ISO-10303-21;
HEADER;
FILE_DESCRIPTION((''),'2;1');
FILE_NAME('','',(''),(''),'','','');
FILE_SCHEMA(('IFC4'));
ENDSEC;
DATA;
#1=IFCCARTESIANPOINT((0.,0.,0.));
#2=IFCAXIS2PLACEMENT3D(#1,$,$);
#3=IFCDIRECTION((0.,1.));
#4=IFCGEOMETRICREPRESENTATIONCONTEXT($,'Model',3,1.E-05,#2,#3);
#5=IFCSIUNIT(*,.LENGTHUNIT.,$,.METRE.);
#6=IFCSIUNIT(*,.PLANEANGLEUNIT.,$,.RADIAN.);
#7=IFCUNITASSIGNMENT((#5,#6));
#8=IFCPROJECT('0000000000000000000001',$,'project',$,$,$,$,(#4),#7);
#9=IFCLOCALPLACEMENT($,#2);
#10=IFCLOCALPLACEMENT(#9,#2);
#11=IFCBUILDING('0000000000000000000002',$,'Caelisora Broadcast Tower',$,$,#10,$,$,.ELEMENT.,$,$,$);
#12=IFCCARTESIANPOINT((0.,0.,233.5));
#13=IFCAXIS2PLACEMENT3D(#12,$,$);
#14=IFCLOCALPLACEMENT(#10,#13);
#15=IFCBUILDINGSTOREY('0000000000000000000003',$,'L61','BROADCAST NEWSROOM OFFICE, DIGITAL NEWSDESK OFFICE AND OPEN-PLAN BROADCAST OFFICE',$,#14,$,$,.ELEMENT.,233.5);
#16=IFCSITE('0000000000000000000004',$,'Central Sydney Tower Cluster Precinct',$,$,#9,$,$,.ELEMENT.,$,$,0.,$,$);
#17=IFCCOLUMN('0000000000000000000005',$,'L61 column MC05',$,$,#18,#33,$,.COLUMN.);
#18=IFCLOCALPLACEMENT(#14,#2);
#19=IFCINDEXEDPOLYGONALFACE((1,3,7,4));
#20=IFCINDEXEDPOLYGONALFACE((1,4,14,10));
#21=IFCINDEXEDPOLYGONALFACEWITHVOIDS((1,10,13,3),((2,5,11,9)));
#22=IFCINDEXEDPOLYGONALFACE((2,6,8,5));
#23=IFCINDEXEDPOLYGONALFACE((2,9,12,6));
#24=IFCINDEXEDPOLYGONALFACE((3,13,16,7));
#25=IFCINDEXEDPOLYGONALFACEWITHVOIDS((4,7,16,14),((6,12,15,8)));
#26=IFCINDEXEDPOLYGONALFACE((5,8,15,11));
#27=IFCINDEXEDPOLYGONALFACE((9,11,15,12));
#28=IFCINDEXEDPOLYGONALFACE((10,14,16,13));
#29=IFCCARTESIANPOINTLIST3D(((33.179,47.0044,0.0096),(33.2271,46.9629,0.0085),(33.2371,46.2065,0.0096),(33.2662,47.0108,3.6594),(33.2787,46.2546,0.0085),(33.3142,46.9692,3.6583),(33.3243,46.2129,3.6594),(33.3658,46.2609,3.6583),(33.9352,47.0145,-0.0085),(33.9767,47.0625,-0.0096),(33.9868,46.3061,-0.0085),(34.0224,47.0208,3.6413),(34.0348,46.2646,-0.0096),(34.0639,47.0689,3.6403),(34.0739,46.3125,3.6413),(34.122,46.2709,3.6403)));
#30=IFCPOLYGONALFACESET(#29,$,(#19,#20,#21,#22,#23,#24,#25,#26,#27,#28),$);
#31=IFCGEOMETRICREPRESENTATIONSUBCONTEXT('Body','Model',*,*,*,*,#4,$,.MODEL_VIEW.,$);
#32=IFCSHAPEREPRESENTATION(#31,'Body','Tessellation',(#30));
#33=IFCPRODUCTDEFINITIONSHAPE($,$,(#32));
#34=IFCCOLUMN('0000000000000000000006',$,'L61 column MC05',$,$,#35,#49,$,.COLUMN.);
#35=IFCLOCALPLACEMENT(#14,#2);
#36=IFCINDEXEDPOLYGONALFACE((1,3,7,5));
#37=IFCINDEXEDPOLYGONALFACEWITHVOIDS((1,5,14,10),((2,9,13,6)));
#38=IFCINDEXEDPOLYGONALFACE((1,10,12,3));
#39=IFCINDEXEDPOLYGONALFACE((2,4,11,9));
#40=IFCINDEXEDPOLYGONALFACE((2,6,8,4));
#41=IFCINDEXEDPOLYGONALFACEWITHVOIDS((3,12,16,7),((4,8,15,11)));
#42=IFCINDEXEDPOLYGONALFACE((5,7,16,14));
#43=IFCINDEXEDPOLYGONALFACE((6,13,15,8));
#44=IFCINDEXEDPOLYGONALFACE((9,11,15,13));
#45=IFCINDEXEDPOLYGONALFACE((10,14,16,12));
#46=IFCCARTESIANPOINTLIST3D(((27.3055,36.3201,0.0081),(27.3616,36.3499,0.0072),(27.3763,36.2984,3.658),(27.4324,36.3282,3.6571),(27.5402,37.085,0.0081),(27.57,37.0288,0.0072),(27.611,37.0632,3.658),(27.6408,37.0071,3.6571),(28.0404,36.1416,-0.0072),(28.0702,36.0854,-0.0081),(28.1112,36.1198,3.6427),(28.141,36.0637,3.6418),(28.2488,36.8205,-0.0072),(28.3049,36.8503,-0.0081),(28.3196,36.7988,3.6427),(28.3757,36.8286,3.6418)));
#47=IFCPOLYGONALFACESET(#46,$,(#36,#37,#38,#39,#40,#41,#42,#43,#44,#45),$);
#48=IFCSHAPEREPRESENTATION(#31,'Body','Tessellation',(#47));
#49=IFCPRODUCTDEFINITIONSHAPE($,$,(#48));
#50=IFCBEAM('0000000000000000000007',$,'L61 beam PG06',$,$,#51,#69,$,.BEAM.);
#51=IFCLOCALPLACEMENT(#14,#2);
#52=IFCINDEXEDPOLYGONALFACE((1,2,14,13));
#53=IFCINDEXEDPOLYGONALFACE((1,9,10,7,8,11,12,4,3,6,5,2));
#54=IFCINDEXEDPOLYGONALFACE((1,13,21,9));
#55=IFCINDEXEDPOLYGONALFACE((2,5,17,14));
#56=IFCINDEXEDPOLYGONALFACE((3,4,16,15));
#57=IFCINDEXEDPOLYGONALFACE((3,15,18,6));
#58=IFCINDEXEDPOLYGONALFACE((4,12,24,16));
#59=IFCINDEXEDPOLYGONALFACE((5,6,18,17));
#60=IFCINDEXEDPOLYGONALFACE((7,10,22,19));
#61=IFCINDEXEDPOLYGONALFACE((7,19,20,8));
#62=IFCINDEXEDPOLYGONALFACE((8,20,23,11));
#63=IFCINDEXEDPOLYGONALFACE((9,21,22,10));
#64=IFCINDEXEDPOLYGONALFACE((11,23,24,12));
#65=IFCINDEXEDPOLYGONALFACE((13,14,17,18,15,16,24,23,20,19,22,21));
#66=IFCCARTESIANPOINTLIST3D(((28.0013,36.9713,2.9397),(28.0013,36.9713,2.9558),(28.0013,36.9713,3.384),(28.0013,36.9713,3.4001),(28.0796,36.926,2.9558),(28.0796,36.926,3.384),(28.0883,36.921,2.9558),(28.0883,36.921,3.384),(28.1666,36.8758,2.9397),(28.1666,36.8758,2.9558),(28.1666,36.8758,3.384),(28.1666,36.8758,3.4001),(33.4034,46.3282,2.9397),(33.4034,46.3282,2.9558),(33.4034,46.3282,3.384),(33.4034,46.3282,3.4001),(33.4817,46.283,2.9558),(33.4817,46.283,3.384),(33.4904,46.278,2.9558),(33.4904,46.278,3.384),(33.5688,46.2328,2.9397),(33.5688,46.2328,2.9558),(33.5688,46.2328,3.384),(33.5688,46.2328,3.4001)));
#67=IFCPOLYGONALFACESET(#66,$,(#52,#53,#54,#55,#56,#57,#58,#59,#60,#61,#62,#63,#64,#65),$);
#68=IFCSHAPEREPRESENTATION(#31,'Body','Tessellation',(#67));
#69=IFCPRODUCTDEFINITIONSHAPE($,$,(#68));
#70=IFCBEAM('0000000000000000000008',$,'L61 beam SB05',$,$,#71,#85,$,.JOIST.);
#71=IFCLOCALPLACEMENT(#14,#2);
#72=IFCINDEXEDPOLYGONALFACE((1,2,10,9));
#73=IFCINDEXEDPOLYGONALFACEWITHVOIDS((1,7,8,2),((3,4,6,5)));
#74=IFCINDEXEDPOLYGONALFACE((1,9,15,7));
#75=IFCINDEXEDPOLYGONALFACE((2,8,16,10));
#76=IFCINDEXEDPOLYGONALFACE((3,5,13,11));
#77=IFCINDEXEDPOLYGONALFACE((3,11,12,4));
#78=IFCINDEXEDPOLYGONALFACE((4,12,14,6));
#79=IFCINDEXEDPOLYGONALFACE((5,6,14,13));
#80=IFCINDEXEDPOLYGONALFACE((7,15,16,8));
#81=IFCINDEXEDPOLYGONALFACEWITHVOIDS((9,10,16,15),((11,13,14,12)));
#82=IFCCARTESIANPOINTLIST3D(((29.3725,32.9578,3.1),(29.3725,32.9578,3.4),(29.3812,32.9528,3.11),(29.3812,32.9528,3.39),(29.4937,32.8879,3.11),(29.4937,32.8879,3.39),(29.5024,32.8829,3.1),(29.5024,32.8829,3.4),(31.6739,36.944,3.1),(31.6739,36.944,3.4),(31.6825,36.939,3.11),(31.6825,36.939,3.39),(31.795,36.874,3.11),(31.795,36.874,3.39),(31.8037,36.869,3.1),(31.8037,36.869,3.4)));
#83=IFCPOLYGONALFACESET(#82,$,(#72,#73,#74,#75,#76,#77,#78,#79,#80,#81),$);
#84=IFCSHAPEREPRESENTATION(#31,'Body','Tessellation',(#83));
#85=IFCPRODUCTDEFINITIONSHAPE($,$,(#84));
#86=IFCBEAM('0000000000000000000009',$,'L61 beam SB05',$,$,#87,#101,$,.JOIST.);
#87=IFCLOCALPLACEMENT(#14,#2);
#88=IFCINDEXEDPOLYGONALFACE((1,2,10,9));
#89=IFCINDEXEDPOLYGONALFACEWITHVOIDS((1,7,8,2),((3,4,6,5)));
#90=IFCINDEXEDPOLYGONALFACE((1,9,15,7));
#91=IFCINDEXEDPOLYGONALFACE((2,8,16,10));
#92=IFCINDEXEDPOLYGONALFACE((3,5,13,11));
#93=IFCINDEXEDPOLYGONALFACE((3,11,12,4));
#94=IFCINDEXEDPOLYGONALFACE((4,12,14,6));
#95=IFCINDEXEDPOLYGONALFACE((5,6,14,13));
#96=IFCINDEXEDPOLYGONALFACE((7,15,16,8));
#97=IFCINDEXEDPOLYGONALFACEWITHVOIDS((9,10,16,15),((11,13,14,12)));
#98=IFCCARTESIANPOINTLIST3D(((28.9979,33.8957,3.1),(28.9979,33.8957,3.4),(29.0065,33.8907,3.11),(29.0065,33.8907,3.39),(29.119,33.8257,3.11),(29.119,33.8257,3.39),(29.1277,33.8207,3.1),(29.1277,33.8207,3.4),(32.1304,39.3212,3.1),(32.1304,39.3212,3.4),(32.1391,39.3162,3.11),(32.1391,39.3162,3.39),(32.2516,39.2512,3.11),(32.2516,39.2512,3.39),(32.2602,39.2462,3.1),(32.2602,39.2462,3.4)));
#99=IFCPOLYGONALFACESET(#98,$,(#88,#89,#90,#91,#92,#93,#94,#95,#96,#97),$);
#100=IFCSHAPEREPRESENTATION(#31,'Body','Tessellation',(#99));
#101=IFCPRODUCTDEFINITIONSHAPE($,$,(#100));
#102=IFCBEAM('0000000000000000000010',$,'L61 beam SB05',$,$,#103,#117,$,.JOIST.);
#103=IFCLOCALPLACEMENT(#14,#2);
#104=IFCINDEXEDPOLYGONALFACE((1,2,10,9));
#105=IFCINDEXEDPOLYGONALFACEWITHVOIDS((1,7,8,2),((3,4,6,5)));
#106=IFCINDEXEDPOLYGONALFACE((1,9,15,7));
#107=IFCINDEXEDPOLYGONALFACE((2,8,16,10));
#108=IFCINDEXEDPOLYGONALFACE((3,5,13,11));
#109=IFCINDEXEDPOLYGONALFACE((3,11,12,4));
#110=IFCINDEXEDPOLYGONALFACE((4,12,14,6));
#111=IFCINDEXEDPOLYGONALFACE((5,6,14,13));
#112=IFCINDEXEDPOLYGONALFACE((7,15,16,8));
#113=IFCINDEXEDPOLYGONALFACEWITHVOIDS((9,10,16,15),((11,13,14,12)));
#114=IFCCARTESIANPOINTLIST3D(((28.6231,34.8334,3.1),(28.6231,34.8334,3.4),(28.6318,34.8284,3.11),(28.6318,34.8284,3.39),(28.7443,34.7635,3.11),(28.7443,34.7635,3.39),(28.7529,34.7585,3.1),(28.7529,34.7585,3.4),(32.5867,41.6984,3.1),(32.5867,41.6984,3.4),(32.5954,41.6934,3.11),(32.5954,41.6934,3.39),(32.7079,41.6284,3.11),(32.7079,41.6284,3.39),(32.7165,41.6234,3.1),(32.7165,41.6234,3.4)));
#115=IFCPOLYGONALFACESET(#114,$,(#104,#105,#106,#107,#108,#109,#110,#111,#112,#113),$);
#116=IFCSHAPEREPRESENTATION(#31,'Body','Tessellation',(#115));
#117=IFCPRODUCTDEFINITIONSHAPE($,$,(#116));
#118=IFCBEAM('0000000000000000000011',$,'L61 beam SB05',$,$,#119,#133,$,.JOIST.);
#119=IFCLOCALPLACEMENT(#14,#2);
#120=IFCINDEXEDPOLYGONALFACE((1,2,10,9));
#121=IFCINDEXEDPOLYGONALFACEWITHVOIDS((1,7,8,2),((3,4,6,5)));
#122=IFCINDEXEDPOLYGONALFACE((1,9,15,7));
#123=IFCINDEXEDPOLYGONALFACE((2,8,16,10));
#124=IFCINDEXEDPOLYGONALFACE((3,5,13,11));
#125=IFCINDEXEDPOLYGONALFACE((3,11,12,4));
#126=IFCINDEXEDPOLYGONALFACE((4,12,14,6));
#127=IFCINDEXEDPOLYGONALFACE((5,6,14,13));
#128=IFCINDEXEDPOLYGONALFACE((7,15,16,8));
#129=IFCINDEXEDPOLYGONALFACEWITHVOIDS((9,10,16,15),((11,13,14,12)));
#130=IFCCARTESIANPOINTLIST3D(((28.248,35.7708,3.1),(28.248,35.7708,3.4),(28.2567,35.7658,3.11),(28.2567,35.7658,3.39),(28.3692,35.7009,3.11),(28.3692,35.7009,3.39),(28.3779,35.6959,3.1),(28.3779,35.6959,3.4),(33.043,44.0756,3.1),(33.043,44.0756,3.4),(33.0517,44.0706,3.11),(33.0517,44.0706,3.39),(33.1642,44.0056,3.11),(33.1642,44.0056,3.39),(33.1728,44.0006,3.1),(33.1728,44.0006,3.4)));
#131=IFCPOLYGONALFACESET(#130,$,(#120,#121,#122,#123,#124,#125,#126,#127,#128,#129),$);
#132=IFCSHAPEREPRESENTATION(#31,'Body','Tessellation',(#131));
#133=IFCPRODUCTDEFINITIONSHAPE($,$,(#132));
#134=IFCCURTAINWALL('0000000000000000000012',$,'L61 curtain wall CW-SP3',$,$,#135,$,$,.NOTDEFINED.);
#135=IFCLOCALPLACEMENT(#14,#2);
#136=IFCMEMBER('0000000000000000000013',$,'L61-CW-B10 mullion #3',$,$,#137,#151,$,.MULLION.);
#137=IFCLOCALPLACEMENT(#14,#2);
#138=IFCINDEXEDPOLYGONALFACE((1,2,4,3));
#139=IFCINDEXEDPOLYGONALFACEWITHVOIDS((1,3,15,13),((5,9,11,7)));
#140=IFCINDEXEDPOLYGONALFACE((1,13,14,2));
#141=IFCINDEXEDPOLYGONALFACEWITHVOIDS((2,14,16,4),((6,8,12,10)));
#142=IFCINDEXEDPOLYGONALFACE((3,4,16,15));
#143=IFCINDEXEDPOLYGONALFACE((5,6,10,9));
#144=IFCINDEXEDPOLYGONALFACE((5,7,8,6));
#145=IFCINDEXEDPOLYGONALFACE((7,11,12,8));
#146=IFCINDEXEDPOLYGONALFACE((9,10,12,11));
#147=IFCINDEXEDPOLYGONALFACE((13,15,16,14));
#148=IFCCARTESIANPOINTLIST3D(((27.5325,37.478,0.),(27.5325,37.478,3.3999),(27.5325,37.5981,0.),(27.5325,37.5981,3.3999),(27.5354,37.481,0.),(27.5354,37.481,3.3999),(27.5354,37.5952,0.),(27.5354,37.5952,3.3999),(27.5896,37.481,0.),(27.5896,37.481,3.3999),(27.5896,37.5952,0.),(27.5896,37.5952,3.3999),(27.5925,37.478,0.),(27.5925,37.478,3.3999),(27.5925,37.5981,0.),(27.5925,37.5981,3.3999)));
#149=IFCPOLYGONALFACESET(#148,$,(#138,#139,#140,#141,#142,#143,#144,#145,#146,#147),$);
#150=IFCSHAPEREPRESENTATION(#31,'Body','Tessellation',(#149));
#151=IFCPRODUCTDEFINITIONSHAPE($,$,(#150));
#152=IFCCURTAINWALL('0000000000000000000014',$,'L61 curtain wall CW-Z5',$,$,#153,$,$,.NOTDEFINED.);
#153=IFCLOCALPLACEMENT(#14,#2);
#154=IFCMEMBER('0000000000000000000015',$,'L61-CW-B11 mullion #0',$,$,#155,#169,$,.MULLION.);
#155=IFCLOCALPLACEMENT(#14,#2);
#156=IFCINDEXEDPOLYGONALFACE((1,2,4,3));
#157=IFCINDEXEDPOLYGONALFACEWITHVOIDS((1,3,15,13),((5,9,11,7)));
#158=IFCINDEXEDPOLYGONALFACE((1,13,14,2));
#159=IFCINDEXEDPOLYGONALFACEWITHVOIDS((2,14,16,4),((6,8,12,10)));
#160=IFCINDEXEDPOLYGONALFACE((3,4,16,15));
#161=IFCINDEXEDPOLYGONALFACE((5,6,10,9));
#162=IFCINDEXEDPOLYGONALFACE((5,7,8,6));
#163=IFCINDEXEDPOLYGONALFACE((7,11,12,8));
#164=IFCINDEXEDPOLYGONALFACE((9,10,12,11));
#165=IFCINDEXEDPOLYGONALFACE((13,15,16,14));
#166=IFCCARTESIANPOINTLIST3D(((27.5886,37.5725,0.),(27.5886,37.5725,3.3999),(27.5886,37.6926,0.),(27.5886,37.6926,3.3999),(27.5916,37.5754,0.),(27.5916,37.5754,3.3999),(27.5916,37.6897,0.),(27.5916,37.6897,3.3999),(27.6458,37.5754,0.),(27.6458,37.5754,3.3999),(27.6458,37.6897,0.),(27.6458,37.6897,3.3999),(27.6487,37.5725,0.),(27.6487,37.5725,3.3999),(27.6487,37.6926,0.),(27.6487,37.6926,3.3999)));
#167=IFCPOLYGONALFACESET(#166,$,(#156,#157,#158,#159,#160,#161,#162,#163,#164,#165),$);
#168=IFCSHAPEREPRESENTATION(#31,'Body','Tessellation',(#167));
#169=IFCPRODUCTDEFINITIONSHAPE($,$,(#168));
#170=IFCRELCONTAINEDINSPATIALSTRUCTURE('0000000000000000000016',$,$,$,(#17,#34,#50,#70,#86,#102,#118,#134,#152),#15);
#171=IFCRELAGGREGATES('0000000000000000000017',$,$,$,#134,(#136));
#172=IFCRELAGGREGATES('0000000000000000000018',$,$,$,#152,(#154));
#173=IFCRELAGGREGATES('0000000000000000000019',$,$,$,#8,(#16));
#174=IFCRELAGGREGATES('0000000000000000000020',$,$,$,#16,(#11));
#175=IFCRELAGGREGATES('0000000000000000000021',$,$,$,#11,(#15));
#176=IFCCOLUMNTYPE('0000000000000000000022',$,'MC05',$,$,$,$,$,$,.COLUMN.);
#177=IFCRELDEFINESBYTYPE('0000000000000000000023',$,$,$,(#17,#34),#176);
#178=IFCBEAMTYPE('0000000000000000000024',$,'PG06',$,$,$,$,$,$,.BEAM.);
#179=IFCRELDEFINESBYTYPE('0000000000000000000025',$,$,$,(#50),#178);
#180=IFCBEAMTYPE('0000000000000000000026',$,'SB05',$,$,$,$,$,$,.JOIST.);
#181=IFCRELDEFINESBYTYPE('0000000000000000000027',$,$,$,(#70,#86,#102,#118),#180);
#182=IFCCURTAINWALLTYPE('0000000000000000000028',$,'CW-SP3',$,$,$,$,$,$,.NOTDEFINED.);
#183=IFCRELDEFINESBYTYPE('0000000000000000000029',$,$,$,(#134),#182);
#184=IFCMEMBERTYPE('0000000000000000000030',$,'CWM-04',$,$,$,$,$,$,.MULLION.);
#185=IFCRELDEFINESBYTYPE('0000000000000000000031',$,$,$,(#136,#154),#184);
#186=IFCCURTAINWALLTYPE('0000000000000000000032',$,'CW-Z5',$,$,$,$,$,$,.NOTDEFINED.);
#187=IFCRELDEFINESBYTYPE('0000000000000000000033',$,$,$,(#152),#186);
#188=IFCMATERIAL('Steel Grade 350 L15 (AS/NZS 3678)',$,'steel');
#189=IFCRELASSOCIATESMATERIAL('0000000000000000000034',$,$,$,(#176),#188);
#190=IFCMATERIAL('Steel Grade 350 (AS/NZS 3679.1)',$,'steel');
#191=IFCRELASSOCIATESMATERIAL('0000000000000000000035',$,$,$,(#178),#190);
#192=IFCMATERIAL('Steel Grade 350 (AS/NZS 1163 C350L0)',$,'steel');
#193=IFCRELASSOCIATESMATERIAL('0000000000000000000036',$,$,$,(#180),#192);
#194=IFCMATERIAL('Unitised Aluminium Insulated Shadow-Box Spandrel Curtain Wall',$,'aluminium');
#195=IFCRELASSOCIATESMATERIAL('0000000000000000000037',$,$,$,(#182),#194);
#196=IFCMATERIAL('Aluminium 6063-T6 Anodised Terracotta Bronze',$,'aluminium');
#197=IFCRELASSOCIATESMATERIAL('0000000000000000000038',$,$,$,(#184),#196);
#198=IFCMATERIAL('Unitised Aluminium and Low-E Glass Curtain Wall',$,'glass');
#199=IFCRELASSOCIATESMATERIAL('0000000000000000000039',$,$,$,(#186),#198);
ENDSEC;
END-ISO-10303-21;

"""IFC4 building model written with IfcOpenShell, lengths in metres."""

from ifc_helpers import new_model, si_unit, direction, frame, origin, origin_2d, place, context, subcontext, project, spatial, hollow_rectangle, i_section, extrude, source, transform, mapped, material, material_profile, profile_set, type_object, type_shapes, element, aggregate, save


model = new_model("IFC4")

# Units and contexts
model_context = context("Model", 3, precision=1e-05, world=origin(), true_north=direction((0.0, 1.0)))
body_context = subcontext(model_context, "Body", "Model", "MODEL_VIEW")
ifc_project = project(units=[si_unit("LENGTHUNIT", "METRE"), si_unit("PLANEANGLEUNIT", "RADIAN")], contexts=[model_context])

# Site, building, storey
site_placement = place(None, origin())
site = spatial("IfcSite", under=ifc_project, at=site_placement, Name="Central Sydney Tower Cluster Precinct", CompositionType="ELEMENT", RefElevation=0.0)
building_placement = place(site_placement, origin())
building = spatial("IfcBuilding", under=site, at=building_placement, Name="Caelisora Broadcast Tower", CompositionType="ELEMENT")
storey_placement = place(building_placement, frame((0.0, 0.0, 233.5)))
storey = spatial("IfcBuildingStorey", under=building, at=storey_placement, Name="L61", Description="BROADCAST NEWSROOM OFFICE, DIGITAL NEWSDESK OFFICE AND OPEN-PLAN BROADCAST OFFICE", CompositionType="ELEMENT", Elevation=233.5)

# Columns
ifc_material_1 = material(Name="Steel Grade 350 L15 (AS/NZS 3678)", Category="steel")
ifc_material_profile_1 = material_profile(ifc_material_1, hollow_rectangle(XDim=0.8, YDim=0.8, WallThickness=0.0449, at=origin_2d()), Name="Steel Grade 350 L15 (AS/NZS 3678)")
ifc_profile_set_1 = profile_set([ifc_material_profile_1], Name="Steel Grade 350 L15 (AS/NZS 3678)")
column_type = type_object("IfcColumnType", Name="MC05", PredefinedType="COLUMN", material=ifc_profile_set_1)
shared_shape_1 = source(origin(), body_context, "Body", "SweptSolid", [
    extrude(hollow_rectangle(XDim=0.8, YDim=0.8, WallThickness=0.0449, at=origin_2d()), origin(), (0.0, 0.0, 1.0), 3.6509),
])
column_1_placement = place(storey_placement, frame((33.6069, 46.6345, 0.0), z_axis=(0.023873, 0.001739, 0.999713), x_axis=(-0.072637, 0.997358, 0.0)))
element("IfcColumn", 1, at=column_1_placement, inside=storey, type_object=column_type, Name="L61 column MC05", PredefinedType="COLUMN", context=body_context, shape_type="MappedRepresentation", body=[
    mapped(shared_shape_1, transform((0.0, 0.0, 0.0), scale=1.0)),
])
shared_shape_2 = source(origin(), body_context, "Body", "SweptSolid", [
    extrude(hollow_rectangle(XDim=0.8, YDim=0.8, WallThickness=0.0449, at=origin_2d()), origin(), (0.0, 0.0, 1.0), 3.6506),
])
type_shapes(column_type, [shared_shape_1, shared_shape_2])
column_2_placement = place(storey_placement, frame((27.8052, 36.5852, 0.0), z_axis=(0.019394, -0.005952, 0.999794), x_axis=(0.293391, 0.955993, 0.0)))
element("IfcColumn", 2, at=column_2_placement, inside=storey, type_object=column_type, Name="L61 column MC05", PredefinedType="COLUMN", context=body_context, shape_type="MappedRepresentation", body=[
    mapped(shared_shape_2, transform((0.0, 0.0, 0.0), scale=1.0)),
])

# Beams
ifc_material_2 = material(Name="Steel Grade 350 (AS/NZS 3679.1)", Category="steel")
ifc_material_profile_2 = material_profile(ifc_material_2, i_section(OverallWidth=0.1909, OverallDepth=0.4604, WebThickness=0.01, FlangeThickness=0.0161, at=origin_2d()), Name="Steel Grade 350 (AS/NZS 3679.1)")
ifc_profile_set_2 = profile_set([ifc_material_profile_2], Name="Steel Grade 350 (AS/NZS 3679.1)")
beam_type_1 = type_object("IfcBeamType", Name="PG06", PredefinedType="BEAM", material=ifc_profile_set_2)
shared_shape_3 = source(origin(), body_context, "Body", "SweptSolid", [
    extrude(i_section(OverallWidth=0.1909, OverallDepth=0.4604, WebThickness=0.01, FlangeThickness=0.0161, at=origin_2d()), origin(), (0.0, 0.0, 1.0), 10.8044),
])
type_shapes(beam_type_1, [shared_shape_3])
beam_1_placement = place(storey_placement, frame((33.4861, 46.2805, 3.1699), z_axis=(-0.499991, -0.866031, 0.0), x_axis=(0.866031, -0.499991, 0.0)))
element("IfcBeam", 3, at=beam_1_placement, inside=storey, type_object=beam_type_1, Name="L61 beam PG06", PredefinedType="BEAM", context=body_context, shape_type="MappedRepresentation", body=[
    mapped(shared_shape_3, transform((0.0, 0.0, 0.0), scale=1.0)),
])
ifc_material_3 = material(Name="Steel Grade 350 (AS/NZS 1163 C350L0)", Category="steel")
ifc_material_profile_3 = material_profile(ifc_material_3, hollow_rectangle(XDim=0.1499, YDim=0.3, WallThickness=0.01, at=origin_2d()), Name="Steel Grade 350 (AS/NZS 1163 C350L0)")
ifc_profile_set_3 = profile_set([ifc_material_profile_3], Name="Steel Grade 350 (AS/NZS 1163 C350L0)")
beam_type_2 = type_object("IfcBeamType", Name="SB05", PredefinedType="JOIST", material=ifc_profile_set_3)
shared_shape_4 = source(origin(), body_context, "Body", "SweptSolid", [
    extrude(hollow_rectangle(XDim=0.1499, YDim=0.3, WallThickness=0.01, at=origin_2d()), origin(), (0.0, 0.0, 1.0), 4.6028),
])
beam_2_placement = place(storey_placement, frame((31.7388, 36.9065, 3.25), z_axis=(-0.499984, -0.866035, 0.0), x_axis=(0.866035, -0.499984, 0.0)))
element("IfcBeam", 4, at=beam_2_placement, inside=storey, type_object=beam_type_2, Name="L61 beam SB05", PredefinedType="JOIST", context=body_context, shape_type="MappedRepresentation", body=[
    mapped(shared_shape_4, transform((0.0, 0.0, 0.0), scale=1.0)),
])
shared_shape_5 = source(origin(), body_context, "Body", "SweptSolid", [
    extrude(hollow_rectangle(XDim=0.1499, YDim=0.3, WallThickness=0.01, at=origin_2d()), origin(), (0.0, 0.0, 1.0), 6.2649),
])
beam_3_placement = place(storey_placement, frame((32.1953, 39.2837, 3.25), z_axis=(-0.500016, -0.866016, 0.0), x_axis=(0.866016, -0.500016, 0.0)))
element("IfcBeam", 5, at=beam_3_placement, inside=storey, type_object=beam_type_2, Name="L61 beam SB05", PredefinedType="JOIST", context=body_context, shape_type="MappedRepresentation", body=[
    mapped(shared_shape_5, transform((0.0, 0.0, 0.0), scale=1.0)),
])
shared_shape_6 = source(origin(), body_context, "Body", "SweptSolid", [
    extrude(hollow_rectangle(XDim=0.1499, YDim=0.3, WallThickness=0.01, at=origin_2d()), origin(), (0.0, 0.0, 1.0), 7.927),
])
beam_4_placement = place(storey_placement, frame((32.6516, 41.6609, 3.25), z_axis=(-0.500011, -0.866019, 0.0), x_axis=(0.866019, -0.500011, 0.0)))
element("IfcBeam", 6, at=beam_4_placement, inside=storey, type_object=beam_type_2, Name="L61 beam SB05", PredefinedType="JOIST", context=body_context, shape_type="MappedRepresentation", body=[
    mapped(shared_shape_6, transform((0.0, 0.0, 0.0), scale=1.0)),
])
shared_shape_7 = source(origin(), body_context, "Body", "SweptSolid", [
    extrude(hollow_rectangle(XDim=0.1499, YDim=0.3, WallThickness=0.01, at=origin_2d()), origin(), (0.0, 0.0, 1.0), 9.5896),
])
type_shapes(beam_type_2, [shared_shape_4, shared_shape_5, shared_shape_6, shared_shape_7])
beam_5_placement = place(storey_placement, frame((33.1079, 44.0381, 3.25), z_axis=(-0.500016, -0.866016, 0.0), x_axis=(0.866016, -0.500016, 0.0)))
element("IfcBeam", 7, at=beam_5_placement, inside=storey, type_object=beam_type_2, Name="L61 beam SB05", PredefinedType="JOIST", context=body_context, shape_type="MappedRepresentation", body=[
    mapped(shared_shape_7, transform((0.0, 0.0, 0.0), scale=1.0)),
])

# Curtain wall, member
ifc_material_4 = material(Name="Unitised Aluminium Insulated Shadow-Box Spandrel Curtain Wall", Category="aluminium")
curtain_wall_type_1 = type_object("IfcCurtainWallType", Name="CW-SP3", PredefinedType="NOTDEFINED", material=ifc_material_4)
curtain_wall_1_placement = place(storey_placement, origin())
curtain_wall_1 = element("IfcCurtainWall", 8, at=curtain_wall_1_placement, inside=storey, type_object=curtain_wall_type_1, Name="L61 curtain wall CW-SP3", PredefinedType="NOTDEFINED")
ifc_material_5 = material(Name="Aluminium 6063-T6 Anodised Terracotta Bronze", Category="aluminium")
ifc_material_profile_4 = material_profile(ifc_material_5, hollow_rectangle(XDim=0.0601, YDim=0.1201, WallThickness=0.0029, at=origin_2d()), Name="Aluminium 6063-T6 Anodised Terracotta Bronze")
ifc_profile_set_4 = profile_set([ifc_material_profile_4], Name="Aluminium 6063-T6 Anodised Terracotta Bronze")
member_type_1 = type_object("IfcMemberType", Name="CWM-04", PredefinedType="MULLION", material=ifc_profile_set_4)
shared_shape_8 = source(origin(), body_context, "Body", "SweptSolid", [
    extrude(hollow_rectangle(XDim=0.0601, YDim=0.1201, WallThickness=0.0029, at=origin_2d()), origin(), (0.0, 0.0, 1.0), 3.3999),
])
type_shapes(member_type_1, [shared_shape_8])
member_1_placement = place(storey_placement, frame((27.5625, 37.5381, 0.0), z_axis=(0.0, 0.0, 1.0), x_axis=(1.0, 0.0, 0.0)))
member_1 = element("IfcMember", 9, at=member_1_placement, type_object=member_type_1, Name="L61-CW-B10 mullion #3", PredefinedType="MULLION", context=body_context, shape_type="MappedRepresentation", body=[
    mapped(shared_shape_8, transform((0.0, 0.0, 0.0), scale=1.0)),
])
aggregate(curtain_wall_1, [member_1])

# Curtain wall, member
ifc_material_6 = material(Name="Unitised Aluminium and Low-E Glass Curtain Wall", Category="glass")
curtain_wall_type_2 = type_object("IfcCurtainWallType", Name="CW-Z5", PredefinedType="NOTDEFINED", material=ifc_material_6)
curtain_wall_2_placement = place(storey_placement, origin())
curtain_wall_2 = element("IfcCurtainWall", 10, at=curtain_wall_2_placement, inside=storey, type_object=curtain_wall_type_2, Name="L61 curtain wall CW-Z5", PredefinedType="NOTDEFINED")
member_2_placement = place(storey_placement, frame((27.6187, 37.6326, 0.0), z_axis=(0.0, 0.0, 1.0), x_axis=(1.0, 0.0, 0.0)))
member_2 = element("IfcMember", 11, at=member_2_placement, type_object=member_type_1, Name="L61-CW-B11 mullion #0", PredefinedType="MULLION", context=body_context, shape_type="MappedRepresentation", body=[
    mapped(shared_shape_8, transform((0.0, 0.0, 0.0), scale=1.0)),
])

aggregate(curtain_wall_2, [member_2])

save(model, "model.ifc")
